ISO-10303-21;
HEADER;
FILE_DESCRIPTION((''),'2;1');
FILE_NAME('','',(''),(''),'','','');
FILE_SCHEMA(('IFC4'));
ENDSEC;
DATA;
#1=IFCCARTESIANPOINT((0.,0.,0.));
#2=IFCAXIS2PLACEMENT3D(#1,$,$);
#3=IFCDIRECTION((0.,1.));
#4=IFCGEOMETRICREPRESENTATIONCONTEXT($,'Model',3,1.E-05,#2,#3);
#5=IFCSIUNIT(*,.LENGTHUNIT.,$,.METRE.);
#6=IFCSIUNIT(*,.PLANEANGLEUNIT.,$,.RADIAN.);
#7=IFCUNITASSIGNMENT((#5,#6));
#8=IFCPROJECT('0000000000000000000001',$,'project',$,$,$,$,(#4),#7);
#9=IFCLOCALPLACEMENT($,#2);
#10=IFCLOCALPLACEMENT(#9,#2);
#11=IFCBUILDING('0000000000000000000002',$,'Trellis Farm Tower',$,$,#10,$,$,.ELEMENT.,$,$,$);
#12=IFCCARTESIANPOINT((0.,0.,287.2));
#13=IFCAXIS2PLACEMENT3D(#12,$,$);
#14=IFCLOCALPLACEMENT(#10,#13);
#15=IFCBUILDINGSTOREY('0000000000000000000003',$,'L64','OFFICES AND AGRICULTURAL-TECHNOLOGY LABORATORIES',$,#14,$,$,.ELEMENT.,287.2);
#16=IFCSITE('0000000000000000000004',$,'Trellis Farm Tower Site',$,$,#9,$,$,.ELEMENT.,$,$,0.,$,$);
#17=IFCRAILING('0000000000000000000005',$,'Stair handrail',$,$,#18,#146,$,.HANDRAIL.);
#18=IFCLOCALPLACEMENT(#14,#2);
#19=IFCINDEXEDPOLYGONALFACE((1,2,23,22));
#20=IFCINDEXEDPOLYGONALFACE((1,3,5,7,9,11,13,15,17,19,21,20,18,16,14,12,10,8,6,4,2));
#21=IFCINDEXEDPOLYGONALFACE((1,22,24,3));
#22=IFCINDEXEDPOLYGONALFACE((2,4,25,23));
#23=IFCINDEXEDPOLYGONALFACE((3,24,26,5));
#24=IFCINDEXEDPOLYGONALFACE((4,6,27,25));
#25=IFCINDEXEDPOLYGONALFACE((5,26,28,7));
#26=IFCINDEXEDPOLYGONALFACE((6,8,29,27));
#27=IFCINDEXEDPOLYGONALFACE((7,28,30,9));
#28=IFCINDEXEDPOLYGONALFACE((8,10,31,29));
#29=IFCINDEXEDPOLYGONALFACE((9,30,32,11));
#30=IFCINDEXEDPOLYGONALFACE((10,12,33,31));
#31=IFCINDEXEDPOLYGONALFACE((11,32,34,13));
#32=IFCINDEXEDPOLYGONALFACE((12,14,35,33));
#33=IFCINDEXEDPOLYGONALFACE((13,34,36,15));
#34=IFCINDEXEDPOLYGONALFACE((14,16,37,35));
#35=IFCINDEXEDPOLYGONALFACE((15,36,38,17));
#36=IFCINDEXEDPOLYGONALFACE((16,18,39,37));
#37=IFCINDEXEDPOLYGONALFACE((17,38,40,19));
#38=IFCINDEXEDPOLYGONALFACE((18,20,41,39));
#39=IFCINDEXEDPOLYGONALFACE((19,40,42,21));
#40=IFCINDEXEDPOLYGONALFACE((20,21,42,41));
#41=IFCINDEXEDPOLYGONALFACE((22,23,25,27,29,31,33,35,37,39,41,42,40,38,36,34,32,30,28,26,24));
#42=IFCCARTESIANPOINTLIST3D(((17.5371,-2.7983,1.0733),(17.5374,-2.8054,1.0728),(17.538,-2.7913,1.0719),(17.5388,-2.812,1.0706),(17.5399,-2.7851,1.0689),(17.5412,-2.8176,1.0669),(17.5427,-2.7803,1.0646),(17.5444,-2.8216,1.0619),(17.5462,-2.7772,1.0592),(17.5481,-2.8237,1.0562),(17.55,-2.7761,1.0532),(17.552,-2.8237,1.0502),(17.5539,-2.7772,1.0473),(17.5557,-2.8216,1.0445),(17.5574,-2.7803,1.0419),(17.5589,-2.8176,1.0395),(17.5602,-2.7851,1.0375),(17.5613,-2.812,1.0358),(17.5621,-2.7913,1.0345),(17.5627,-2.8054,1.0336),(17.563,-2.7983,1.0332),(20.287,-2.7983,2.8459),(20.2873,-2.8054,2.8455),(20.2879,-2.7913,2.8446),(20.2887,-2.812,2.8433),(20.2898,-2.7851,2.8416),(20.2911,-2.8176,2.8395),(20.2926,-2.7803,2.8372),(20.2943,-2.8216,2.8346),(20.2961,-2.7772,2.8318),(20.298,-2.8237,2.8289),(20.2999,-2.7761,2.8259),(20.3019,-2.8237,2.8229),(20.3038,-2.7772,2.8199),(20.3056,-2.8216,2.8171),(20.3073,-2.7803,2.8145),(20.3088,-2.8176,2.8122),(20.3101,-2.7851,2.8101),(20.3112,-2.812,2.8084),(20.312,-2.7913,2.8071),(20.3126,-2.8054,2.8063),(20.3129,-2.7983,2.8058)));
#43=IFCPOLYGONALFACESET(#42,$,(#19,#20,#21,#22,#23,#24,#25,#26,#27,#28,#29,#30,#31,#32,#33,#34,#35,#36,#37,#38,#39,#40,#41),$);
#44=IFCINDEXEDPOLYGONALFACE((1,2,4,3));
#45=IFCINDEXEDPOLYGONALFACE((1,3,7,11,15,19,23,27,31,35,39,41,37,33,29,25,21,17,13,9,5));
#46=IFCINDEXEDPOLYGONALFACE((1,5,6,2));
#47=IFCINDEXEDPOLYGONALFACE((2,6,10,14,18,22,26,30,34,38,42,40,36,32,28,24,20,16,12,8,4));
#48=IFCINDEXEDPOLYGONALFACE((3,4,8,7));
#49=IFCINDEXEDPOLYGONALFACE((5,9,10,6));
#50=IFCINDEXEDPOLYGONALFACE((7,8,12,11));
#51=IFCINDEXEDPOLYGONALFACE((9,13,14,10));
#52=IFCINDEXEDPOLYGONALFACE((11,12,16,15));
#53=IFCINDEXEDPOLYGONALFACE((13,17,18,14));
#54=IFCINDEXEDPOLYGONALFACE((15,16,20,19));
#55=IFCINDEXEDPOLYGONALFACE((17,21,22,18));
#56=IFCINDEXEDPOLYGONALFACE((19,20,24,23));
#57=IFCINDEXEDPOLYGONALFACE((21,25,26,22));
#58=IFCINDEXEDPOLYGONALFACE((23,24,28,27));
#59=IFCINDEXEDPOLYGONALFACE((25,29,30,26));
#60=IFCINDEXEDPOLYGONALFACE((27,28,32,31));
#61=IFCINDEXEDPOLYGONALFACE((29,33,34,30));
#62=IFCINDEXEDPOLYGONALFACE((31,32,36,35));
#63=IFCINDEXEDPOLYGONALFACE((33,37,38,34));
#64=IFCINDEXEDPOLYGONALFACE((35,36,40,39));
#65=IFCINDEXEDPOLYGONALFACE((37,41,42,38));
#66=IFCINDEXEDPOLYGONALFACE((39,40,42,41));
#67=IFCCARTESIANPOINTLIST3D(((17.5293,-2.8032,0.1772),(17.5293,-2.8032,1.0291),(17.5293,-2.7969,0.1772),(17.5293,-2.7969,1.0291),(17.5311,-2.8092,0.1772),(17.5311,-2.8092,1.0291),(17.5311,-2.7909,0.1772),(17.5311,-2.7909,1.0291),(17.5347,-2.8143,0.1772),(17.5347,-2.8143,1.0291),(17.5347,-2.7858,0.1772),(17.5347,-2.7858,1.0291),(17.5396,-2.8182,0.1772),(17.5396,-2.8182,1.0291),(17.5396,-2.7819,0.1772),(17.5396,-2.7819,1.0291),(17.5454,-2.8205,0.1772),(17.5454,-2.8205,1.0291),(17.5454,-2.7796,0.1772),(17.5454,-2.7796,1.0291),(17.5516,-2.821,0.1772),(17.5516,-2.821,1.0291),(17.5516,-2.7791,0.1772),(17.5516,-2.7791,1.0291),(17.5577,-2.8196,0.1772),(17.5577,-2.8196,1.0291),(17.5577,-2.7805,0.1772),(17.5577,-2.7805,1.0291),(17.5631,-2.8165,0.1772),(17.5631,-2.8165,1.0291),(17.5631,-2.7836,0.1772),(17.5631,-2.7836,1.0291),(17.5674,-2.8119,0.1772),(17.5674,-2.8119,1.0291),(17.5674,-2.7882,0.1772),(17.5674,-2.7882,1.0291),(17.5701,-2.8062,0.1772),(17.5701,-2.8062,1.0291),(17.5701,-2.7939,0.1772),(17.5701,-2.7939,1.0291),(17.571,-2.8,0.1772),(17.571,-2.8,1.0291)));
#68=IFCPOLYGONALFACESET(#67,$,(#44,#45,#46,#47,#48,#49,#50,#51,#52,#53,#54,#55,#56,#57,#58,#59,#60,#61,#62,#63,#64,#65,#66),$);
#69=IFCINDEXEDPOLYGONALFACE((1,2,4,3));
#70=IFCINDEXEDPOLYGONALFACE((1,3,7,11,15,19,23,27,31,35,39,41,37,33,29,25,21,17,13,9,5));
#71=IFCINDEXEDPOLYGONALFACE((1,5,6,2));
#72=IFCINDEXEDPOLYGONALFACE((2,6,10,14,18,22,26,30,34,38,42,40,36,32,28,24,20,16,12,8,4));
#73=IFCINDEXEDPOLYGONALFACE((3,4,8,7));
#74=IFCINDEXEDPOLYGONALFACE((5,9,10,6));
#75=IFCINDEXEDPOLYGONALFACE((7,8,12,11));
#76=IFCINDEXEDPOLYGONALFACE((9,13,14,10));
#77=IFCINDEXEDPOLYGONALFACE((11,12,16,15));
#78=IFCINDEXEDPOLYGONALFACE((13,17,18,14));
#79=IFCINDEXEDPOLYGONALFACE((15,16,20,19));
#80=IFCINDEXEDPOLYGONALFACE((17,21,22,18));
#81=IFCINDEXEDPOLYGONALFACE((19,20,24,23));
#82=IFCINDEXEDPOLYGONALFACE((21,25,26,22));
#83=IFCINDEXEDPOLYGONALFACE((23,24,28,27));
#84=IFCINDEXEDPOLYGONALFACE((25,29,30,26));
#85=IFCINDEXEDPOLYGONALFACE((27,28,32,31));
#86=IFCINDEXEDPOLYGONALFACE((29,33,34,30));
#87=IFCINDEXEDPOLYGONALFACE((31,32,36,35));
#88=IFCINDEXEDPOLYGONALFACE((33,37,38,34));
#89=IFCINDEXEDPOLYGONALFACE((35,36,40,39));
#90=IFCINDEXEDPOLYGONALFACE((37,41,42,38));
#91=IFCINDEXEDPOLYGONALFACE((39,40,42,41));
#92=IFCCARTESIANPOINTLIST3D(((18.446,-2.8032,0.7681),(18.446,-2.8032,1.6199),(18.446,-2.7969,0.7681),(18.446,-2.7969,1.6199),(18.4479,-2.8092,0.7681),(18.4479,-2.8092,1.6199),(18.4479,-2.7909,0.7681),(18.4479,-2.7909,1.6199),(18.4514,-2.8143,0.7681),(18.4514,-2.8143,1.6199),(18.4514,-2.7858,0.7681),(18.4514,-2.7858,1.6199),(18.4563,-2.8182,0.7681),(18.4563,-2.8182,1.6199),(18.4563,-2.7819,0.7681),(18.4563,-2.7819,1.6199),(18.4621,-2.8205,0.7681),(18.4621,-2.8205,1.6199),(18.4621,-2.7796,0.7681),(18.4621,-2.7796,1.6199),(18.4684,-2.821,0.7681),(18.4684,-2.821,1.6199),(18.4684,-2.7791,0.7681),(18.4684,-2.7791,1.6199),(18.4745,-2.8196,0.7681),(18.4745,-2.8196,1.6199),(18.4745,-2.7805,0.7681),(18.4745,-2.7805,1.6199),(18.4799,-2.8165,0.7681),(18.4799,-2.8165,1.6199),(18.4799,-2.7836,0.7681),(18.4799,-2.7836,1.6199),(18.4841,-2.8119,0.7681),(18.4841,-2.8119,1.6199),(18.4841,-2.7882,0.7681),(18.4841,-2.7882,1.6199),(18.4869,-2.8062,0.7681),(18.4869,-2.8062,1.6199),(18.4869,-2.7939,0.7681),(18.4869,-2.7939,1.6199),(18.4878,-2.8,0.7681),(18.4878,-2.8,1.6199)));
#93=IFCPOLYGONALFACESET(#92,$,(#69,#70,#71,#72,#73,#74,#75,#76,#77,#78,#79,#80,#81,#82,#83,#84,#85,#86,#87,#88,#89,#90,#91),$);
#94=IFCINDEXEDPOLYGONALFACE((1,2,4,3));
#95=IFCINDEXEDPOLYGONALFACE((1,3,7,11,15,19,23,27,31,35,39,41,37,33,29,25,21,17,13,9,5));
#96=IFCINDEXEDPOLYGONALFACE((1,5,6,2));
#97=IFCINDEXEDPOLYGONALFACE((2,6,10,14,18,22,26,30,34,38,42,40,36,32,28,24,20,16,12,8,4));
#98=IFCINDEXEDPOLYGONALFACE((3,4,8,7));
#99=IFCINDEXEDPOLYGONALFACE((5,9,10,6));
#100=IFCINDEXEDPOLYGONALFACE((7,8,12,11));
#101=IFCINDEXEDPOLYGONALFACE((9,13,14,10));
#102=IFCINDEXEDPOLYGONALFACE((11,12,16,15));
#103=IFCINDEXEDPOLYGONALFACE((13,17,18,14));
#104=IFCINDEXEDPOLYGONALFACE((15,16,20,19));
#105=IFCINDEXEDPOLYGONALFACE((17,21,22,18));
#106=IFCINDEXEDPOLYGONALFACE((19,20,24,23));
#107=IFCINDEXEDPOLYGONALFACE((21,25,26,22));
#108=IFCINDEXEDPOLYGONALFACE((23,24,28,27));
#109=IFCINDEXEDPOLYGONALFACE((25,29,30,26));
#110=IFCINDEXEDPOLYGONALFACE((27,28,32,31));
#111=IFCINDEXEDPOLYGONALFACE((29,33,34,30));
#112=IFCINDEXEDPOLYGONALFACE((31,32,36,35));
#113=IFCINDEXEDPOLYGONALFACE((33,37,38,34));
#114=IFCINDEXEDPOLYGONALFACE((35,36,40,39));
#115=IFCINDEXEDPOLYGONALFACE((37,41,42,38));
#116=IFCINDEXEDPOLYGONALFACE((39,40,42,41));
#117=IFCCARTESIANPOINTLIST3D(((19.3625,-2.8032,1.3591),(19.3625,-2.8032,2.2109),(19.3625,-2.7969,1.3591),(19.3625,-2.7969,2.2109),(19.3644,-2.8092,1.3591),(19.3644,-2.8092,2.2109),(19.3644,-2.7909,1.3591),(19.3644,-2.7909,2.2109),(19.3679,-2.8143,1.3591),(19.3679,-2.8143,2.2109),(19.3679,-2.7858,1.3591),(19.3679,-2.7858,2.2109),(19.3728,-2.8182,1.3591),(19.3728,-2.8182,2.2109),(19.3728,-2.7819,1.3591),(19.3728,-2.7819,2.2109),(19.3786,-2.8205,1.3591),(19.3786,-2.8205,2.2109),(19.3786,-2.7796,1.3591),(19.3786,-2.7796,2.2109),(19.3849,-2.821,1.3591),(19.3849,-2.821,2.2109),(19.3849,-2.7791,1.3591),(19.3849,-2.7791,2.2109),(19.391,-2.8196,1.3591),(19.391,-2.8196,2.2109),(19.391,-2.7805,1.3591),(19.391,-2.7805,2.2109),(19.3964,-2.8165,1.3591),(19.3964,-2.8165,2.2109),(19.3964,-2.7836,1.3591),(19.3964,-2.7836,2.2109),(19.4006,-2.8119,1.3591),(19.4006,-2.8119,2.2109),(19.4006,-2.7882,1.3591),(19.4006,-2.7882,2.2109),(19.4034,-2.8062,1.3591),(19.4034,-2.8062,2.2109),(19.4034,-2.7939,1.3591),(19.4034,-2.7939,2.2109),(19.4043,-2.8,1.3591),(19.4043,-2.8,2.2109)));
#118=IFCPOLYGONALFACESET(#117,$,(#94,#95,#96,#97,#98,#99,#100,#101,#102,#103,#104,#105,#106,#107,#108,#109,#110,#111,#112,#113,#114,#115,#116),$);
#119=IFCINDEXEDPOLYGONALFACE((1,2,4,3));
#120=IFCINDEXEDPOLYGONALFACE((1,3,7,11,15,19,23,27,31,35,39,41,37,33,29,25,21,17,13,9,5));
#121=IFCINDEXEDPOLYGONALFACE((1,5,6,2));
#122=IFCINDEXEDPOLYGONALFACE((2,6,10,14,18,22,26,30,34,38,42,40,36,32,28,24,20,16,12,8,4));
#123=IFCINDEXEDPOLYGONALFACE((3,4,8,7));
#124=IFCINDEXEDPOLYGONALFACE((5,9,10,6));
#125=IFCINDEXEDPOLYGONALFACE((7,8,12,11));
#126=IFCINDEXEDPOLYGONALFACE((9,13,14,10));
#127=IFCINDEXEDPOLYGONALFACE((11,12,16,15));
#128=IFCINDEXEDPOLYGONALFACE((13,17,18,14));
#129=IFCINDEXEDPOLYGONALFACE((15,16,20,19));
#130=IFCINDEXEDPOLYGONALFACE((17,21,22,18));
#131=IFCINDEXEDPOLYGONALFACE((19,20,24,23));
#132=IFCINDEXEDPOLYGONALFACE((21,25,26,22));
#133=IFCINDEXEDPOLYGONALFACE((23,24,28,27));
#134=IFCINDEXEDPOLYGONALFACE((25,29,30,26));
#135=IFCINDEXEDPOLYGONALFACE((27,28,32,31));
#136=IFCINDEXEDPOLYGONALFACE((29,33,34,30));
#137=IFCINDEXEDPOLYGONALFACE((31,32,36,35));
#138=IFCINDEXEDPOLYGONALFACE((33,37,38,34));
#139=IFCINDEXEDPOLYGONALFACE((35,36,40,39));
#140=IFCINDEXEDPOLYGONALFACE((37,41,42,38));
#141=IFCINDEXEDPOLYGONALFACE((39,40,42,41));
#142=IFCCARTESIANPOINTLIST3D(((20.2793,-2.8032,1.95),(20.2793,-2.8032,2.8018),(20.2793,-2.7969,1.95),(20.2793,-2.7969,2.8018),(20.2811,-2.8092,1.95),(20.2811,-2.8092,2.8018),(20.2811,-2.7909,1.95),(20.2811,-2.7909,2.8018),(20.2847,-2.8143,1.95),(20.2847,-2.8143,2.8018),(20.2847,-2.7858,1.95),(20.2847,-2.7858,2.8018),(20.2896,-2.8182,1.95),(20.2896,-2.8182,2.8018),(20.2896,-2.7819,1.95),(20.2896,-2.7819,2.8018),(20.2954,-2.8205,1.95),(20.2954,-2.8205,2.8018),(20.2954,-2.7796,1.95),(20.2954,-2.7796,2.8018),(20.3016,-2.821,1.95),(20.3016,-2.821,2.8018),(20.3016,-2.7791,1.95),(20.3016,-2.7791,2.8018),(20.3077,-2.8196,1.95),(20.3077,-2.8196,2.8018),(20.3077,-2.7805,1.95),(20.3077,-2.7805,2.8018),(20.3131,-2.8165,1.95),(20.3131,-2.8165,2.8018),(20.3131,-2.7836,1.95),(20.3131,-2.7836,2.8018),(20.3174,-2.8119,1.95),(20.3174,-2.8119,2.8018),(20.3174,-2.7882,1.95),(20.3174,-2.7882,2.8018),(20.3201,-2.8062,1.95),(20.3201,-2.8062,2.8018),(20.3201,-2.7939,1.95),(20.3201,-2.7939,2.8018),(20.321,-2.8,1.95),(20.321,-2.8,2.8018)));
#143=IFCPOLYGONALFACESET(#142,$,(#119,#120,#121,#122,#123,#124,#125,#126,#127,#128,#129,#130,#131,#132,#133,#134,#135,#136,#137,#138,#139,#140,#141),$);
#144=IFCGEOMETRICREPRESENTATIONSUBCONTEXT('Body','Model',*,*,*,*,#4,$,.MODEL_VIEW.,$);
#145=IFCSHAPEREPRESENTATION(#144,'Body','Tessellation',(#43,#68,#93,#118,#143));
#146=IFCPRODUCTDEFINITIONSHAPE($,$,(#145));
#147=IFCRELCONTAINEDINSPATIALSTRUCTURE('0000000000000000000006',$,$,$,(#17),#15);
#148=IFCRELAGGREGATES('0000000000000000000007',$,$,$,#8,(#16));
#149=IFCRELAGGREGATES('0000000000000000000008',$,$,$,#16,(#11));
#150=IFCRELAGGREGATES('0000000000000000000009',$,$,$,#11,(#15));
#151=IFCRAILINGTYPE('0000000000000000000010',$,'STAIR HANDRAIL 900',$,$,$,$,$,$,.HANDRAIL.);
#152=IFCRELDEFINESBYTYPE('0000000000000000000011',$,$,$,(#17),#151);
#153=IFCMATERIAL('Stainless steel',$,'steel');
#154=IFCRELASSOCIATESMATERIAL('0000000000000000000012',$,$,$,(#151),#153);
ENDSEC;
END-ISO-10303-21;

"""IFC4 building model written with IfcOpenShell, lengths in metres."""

from ifc_helpers import new_model, si_unit, direction, frame, origin, origin_2d, place, context, subcontext, project, spatial, circle, extrude, source, transform, mapped, material, type_object, element, save


model = new_model("IFC4")

# Units and contexts
model_context = context("Model", 3, precision=1e-05, world=origin(), true_north=direction((0.0, 1.0)))
body_context = subcontext(model_context, "Body", "Model", "MODEL_VIEW")
ifc_project = project(units=[si_unit("LENGTHUNIT", "METRE"), si_unit("PLANEANGLEUNIT", "RADIAN")], contexts=[model_context])

# Site, building, storey
site_placement = place(None, origin())
site = spatial("IfcSite", under=ifc_project, at=site_placement, Name="Trellis Farm Tower Site", CompositionType="ELEMENT", RefElevation=0.0)
building_placement = place(site_placement, origin())
building = spatial("IfcBuilding", under=site, at=building_placement, Name="Trellis Farm Tower", CompositionType="ELEMENT")
storey_placement = place(building_placement, frame((0.0, 0.0, 287.2)))
storey = spatial("IfcBuildingStorey", under=building, at=storey_placement, Name="L64", Description="OFFICES AND AGRICULTURAL-TECHNOLOGY LABORATORIES", CompositionType="ELEMENT", Elevation=287.2)

# Railing
ifc_material_1 = material(Name="Stainless steel", Category="steel")
railing_type = type_object("IfcRailingType", Name="STAIR HANDRAIL 900", PredefinedType="HANDRAIL", material=ifc_material_1)
shared_shape_1 = source(origin(), body_context, "Body", "SweptSolid", [
    extrude(circle(Radius=0.0239, at=origin_2d()), frame((0.0, 0.0, 0.876), z_axis=(0.840504, 0.0, 0.541806), x_axis=(0.0, 1.0, 0.0)), (0.0, 0.0, 1.0), 3.2717),
    extrude(circle(Radius=0.021, at=origin_2d()), origin(), (0.0, 0.0, 1.0), 0.8518),
    extrude(circle(Radius=0.021, at=origin_2d()), frame((0.9167, 0.0, 0.5908)), (0.0, 0.0, 1.0), 0.8518),
    extrude(circle(Radius=0.021, at=origin_2d()), frame((1.8333, 0.0, 1.1819)), (0.0, 0.0, 1.0), 0.8518),
    extrude(circle(Radius=0.021, at=origin_2d()), frame((2.75, 0.0, 1.7727)), (0.0, 0.0, 1.0), 0.8518),
])
for number, where, name in (
    (1, (17.55, -2.8, 0.1772), "Stair handrail"),
):
    element("IfcRailing", number, at=place(storey_placement, frame(where)), inside=storey, type_object=railing_type, Name=name, PredefinedType="HANDRAIL", context=body_context, shape_type="MappedRepresentation", body=[
        mapped(shared_shape_1, transform((0.0, 0.0, 0.0))),
    ])

save(model, "model.ifc")
